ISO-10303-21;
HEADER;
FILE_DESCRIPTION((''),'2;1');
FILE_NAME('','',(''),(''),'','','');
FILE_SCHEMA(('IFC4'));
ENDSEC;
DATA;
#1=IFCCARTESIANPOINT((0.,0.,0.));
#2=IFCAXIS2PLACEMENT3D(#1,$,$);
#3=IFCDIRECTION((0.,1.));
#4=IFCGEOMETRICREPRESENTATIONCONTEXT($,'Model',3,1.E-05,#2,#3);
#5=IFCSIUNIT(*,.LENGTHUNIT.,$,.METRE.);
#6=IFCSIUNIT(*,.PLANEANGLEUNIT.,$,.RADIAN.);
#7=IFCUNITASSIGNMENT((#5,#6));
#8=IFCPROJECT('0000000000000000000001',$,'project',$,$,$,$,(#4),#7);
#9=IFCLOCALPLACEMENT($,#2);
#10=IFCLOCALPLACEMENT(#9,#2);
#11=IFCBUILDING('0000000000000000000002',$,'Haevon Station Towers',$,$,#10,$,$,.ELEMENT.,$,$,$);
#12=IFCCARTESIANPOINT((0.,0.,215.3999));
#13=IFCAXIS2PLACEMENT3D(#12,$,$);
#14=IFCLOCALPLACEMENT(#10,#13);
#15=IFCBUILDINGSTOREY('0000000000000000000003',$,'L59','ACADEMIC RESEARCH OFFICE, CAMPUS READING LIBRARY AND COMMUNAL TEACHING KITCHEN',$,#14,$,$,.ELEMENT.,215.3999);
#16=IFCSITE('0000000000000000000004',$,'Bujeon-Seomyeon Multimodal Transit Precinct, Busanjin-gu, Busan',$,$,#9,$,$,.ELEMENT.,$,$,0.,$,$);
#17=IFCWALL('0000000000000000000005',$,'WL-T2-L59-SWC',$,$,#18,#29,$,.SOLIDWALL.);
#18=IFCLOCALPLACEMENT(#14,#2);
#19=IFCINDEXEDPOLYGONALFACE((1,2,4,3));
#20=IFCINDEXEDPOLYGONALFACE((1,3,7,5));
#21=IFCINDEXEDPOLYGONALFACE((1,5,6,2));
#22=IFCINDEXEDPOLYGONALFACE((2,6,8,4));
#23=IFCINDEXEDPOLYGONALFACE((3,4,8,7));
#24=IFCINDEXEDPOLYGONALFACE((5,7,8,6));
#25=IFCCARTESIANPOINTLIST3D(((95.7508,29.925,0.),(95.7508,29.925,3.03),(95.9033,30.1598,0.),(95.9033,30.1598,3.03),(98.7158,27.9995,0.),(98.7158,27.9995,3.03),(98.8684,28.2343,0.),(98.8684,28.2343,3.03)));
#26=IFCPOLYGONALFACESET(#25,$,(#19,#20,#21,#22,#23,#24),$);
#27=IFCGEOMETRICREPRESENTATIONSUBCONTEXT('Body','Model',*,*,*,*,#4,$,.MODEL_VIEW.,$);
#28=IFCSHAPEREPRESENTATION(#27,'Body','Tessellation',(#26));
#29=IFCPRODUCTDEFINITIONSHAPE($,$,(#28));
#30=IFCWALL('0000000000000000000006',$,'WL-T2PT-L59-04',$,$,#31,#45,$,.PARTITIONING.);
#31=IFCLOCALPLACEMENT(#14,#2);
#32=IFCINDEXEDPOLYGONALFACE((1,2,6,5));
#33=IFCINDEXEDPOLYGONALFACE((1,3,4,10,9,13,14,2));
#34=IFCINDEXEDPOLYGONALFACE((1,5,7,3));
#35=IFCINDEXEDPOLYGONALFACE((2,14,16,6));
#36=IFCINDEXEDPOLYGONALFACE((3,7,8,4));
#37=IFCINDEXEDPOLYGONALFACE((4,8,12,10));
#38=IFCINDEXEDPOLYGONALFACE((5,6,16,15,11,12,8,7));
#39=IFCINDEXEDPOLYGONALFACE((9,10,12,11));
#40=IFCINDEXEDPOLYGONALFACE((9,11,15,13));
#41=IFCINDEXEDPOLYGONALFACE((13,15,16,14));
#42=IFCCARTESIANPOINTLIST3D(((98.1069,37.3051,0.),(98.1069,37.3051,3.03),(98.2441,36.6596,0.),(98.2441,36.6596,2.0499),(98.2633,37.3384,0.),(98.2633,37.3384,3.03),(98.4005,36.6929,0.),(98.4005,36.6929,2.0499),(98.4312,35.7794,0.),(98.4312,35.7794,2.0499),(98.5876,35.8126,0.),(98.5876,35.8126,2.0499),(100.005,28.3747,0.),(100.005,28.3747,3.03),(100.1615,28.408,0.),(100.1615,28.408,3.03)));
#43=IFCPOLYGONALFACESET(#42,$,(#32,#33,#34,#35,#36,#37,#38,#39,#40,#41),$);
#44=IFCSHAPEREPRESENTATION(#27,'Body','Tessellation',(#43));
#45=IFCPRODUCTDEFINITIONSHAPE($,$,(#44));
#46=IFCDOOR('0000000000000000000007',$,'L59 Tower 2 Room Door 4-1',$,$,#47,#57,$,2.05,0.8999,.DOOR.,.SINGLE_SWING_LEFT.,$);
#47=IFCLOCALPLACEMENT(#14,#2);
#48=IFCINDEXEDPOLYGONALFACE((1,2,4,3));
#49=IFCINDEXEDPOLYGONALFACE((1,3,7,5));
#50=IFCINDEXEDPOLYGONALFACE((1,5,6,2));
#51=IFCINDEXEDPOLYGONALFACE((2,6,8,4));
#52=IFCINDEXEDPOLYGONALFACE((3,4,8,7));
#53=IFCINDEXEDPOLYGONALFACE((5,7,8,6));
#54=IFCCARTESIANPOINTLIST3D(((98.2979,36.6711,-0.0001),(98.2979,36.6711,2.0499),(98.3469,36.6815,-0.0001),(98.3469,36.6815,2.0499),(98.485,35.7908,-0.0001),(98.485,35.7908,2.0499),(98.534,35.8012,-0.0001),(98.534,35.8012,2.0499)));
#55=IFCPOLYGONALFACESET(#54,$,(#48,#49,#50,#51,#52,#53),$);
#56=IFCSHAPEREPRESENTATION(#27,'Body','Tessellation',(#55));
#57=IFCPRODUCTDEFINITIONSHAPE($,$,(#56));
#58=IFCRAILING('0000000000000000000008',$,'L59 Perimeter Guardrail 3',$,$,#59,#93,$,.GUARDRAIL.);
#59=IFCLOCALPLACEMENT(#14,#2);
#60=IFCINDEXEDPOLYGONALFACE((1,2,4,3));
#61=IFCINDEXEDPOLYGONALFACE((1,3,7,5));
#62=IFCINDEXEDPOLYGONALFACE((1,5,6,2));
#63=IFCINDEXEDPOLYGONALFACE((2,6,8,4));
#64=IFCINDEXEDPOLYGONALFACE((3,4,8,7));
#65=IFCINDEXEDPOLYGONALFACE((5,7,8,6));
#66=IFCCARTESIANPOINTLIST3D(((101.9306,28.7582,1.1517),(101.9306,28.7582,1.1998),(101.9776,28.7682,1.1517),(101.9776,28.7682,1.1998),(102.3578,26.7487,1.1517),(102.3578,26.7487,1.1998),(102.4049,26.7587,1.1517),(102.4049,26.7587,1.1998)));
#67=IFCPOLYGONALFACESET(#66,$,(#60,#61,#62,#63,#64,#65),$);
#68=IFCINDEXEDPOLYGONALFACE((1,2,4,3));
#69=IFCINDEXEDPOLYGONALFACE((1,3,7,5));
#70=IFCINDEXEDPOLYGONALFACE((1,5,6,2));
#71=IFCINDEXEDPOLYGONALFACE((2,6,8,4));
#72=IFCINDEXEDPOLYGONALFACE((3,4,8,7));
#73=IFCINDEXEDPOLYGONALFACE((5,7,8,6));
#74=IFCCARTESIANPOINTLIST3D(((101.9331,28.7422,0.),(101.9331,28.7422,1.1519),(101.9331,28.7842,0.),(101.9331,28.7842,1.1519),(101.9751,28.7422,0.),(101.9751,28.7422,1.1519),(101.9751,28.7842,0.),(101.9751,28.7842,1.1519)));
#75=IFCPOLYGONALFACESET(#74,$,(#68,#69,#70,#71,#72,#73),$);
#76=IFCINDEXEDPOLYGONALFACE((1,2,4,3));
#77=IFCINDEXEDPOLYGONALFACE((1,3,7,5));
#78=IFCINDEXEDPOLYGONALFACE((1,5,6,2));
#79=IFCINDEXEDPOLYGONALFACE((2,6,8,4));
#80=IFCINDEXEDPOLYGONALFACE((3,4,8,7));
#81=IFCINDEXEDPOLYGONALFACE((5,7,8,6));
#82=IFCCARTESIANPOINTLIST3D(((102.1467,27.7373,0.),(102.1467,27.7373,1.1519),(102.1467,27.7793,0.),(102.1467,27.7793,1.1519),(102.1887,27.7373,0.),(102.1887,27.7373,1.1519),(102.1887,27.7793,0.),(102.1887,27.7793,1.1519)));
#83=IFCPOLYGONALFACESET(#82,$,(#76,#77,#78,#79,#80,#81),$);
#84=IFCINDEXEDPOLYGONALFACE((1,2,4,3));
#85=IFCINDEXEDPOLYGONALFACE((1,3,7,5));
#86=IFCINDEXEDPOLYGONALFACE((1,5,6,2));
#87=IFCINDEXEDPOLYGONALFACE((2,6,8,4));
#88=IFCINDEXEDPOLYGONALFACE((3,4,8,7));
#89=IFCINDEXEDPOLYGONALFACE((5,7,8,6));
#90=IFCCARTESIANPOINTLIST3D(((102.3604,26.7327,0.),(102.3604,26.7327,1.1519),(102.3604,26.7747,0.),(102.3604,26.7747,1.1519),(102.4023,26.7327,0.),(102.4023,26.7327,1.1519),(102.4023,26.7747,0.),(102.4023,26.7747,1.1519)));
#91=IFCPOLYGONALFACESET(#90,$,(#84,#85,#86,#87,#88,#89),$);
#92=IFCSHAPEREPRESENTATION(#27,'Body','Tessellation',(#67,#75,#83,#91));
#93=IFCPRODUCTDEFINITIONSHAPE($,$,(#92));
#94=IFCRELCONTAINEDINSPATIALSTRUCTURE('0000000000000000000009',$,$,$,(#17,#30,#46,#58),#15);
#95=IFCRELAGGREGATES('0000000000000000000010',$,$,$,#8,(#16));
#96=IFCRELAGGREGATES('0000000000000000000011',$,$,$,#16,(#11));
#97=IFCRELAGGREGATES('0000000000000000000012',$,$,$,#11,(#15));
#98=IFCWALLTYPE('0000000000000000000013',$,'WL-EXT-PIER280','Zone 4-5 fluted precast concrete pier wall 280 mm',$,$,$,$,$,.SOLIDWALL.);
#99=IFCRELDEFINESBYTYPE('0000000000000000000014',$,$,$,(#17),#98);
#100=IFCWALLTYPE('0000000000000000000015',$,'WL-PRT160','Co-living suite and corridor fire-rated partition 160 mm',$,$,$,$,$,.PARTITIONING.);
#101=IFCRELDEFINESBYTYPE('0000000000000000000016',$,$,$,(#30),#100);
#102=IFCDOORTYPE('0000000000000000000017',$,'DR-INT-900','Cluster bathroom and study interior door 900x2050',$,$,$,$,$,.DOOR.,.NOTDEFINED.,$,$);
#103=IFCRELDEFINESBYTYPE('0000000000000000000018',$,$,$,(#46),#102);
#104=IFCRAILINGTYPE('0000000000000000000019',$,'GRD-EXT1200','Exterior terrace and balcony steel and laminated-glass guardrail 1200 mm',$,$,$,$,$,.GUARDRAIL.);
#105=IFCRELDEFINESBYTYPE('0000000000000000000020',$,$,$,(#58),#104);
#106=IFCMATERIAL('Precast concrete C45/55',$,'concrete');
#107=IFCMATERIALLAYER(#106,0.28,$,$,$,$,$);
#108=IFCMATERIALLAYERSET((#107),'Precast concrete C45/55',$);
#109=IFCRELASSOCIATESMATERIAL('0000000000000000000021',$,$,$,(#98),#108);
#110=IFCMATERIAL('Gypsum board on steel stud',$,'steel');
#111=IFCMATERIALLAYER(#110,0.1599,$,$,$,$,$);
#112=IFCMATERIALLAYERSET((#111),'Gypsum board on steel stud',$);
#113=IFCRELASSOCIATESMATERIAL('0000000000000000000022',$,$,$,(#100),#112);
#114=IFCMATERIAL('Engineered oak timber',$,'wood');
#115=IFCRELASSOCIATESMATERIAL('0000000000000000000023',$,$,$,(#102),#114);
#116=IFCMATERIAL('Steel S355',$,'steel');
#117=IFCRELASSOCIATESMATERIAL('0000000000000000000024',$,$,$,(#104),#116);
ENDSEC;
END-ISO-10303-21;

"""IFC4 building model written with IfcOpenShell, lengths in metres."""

from ifc_helpers import new_model, si_unit, direction, frame, frame_2d, origin, origin_2d, place, context, subcontext, project, spatial, rectangle, extrude, material, layer, layer_set, type_object, element, fill, save


model = new_model("IFC4")

# Units and contexts
model_context = context("Model", 3, precision=1e-05, world=origin(), true_north=direction((0.0, 1.0)))
body_context = subcontext(model_context, "Body", "Model", "MODEL_VIEW")
ifc_project = project(units=[si_unit("LENGTHUNIT", "METRE"), si_unit("PLANEANGLEUNIT", "RADIAN")], contexts=[model_context])

# Site, building, storey
site_placement = place(None, origin())
site = spatial("IfcSite", under=ifc_project, at=site_placement, Name="Bujeon-Seomyeon Multimodal Transit Precinct, Busanjin-gu, Busan", CompositionType="ELEMENT", RefElevation=0.0)
building_placement = place(site_placement, origin())
building = spatial("IfcBuilding", under=site, at=building_placement, Name="Haevon Station Towers", CompositionType="ELEMENT")
storey_placement = place(building_placement, frame((0.0, 0.0, 215.3999)))
storey = spatial("IfcBuildingStorey", under=building, at=storey_placement, Name="L59", Description="ACADEMIC RESEARCH OFFICE, CAMPUS READING LIBRARY AND COMMUNAL TEACHING KITCHEN", CompositionType="ELEMENT", Elevation=215.3999)

# Shared definitions
ifc_material_1 = material(Name="Steel S355", Category="steel")

# Wall
ifc_material_2 = material(Name="Precast concrete C45/55", Category="concrete")
ifc_layer_1 = layer(ifc_material_2, 0.28)
ifc_layer_set_1 = layer_set([ifc_layer_1], Name="Precast concrete C45/55")
wall_type_1 = type_object("IfcWallType", Name="WL-EXT-PIER280", Description="Zone 4-5 fluted precast concrete pier wall 280 mm", PredefinedType="SOLIDWALL", material=ifc_layer_set_1)
wall_1_placement = place(storey_placement, frame((98.792, 28.1169, 0.0), z_axis=(0.0, 0.0, 1.0), x_axis=(-0.838672, 0.544636, 0.0)))
element("IfcWall", 1, at=wall_1_placement, inside=storey, type_object=wall_type_1, Name="WL-T2-L59-SWC", PredefinedType="SOLIDWALL", context=body_context, shape_type="SweptSolid", body=[
    extrude(rectangle(XDim=3.5354, YDim=0.28, at=frame_2d((1.7676, 0.0))), origin(), (0.0, 0.0, 1.0), 3.03),
])

# Wall, opening, door
ifc_material_3 = material(Name="Gypsum board on steel stud", Category="steel")
ifc_layer_2 = layer(ifc_material_3, 0.1599)
ifc_layer_set_2 = layer_set([ifc_layer_2], Name="Gypsum board on steel stud")
wall_type_2 = type_object("IfcWallType", Name="WL-PRT160", Description="Co-living suite and corridor fire-rated partition 160 mm", PredefinedType="PARTITIONING", material=ifc_layer_set_2)
wall_2_placement = place(storey_placement, frame((100.0833, 28.3914, 0.0), z_axis=(0.0, 0.0, 1.0), x_axis=(-0.207909, 0.978148, 0.0)))
wall_2 = element("IfcWall", 2, at=wall_2_placement, inside=storey, type_object=wall_type_2, Name="WL-T2PT-L59-04", PredefinedType="PARTITIONING", context=body_context, shape_type="SweptSolid", body=[
    extrude(rectangle(XDim=9.1299, YDim=0.1599, at=frame_2d((4.5649, 0.0))), origin(), (0.0, 0.0, 1.0), 3.03),
])
opening_placement = place(wall_2_placement, frame((7.5701, 0.0, 0.0)))
opening = element("IfcOpeningElement", 3, at=opening_placement, cuts=wall_2, PredefinedType="OPENING", context=body_context, shape_type="SweptSolid", body=[
    extrude(rectangle(XDim=0.8999, YDim=2.05, at=frame_2d((0.45, 1.0249))), frame((0.0, 0.0898, 0.0), z_axis=(0.0, -1.0, 0.0), x_axis=(1.0, 0.0, 0.0)), (0.0, 0.0, 1.0), 0.1799),
])
ifc_material_4 = material(Name="Engineered oak timber", Category="wood")
door_type = type_object("IfcDoorType", Name="DR-INT-900", Description="Cluster bathroom and study interior door 900x2050", OperationType="NOTDEFINED", PredefinedType="DOOR", material=ifc_material_4)
door_placement = place(opening_placement, origin())
door = element("IfcDoor", 4, at=door_placement, inside=storey, type_object=door_type, Name="L59 Tower 2 Room Door 4-1", OperationType="SINGLE_SWING_LEFT", OverallHeight=2.05, OverallWidth=0.8999, PredefinedType="DOOR", context=body_context, shape_type="SweptSolid", body=[
    extrude(rectangle(XDim=0.8999, YDim=2.05, at=frame_2d((0.45, 1.0249))), frame((0.0, 0.0249, 0.0), z_axis=(0.0, -1.0, 0.0), x_axis=(1.0, 0.0, 0.0)), (0.0, 0.0, 1.0), 0.05),
])
fill(opening, door)

# Railing
railing_type = type_object("IfcRailingType", Name="GRD-EXT1200", Description="Exterior terrace and balcony steel and laminated-glass guardrail 1200 mm", PredefinedType="GUARDRAIL", material=ifc_material_1)
railing_placement = place(storey_placement, frame((101.9541, 28.7632, 0.0)))
element("IfcRailing", 5, at=railing_placement, inside=storey, type_object=railing_type, Name="L59 Perimeter Guardrail 3", PredefinedType="GUARDRAIL", context=body_context, shape_type="SweptSolid", body=[
    extrude(rectangle(XDim=0.0481, YDim=0.0481, at=origin_2d()), frame((0.0, 0.0, 1.1758), z_axis=(0.207963, -0.978137, 0.0), x_axis=(0.978137, 0.207963, 0.0)), (0.0, 0.0, 1.0), 2.0544),
    extrude(rectangle(XDim=0.042, YDim=0.042, at=origin_2d()), origin(), (0.0, 0.0, 1.0), 1.1519),
    extrude(rectangle(XDim=0.042, YDim=0.042, at=origin_2d()), frame((0.2136, -1.0049, 0.0)), (0.0, 0.0, 1.0), 1.1519),
    extrude(rectangle(XDim=0.042, YDim=0.042, at=origin_2d()), frame((0.4272, -2.0095, 0.0)), (0.0, 0.0, 1.0), 1.1519),
])

save(model, "model.ifc")
